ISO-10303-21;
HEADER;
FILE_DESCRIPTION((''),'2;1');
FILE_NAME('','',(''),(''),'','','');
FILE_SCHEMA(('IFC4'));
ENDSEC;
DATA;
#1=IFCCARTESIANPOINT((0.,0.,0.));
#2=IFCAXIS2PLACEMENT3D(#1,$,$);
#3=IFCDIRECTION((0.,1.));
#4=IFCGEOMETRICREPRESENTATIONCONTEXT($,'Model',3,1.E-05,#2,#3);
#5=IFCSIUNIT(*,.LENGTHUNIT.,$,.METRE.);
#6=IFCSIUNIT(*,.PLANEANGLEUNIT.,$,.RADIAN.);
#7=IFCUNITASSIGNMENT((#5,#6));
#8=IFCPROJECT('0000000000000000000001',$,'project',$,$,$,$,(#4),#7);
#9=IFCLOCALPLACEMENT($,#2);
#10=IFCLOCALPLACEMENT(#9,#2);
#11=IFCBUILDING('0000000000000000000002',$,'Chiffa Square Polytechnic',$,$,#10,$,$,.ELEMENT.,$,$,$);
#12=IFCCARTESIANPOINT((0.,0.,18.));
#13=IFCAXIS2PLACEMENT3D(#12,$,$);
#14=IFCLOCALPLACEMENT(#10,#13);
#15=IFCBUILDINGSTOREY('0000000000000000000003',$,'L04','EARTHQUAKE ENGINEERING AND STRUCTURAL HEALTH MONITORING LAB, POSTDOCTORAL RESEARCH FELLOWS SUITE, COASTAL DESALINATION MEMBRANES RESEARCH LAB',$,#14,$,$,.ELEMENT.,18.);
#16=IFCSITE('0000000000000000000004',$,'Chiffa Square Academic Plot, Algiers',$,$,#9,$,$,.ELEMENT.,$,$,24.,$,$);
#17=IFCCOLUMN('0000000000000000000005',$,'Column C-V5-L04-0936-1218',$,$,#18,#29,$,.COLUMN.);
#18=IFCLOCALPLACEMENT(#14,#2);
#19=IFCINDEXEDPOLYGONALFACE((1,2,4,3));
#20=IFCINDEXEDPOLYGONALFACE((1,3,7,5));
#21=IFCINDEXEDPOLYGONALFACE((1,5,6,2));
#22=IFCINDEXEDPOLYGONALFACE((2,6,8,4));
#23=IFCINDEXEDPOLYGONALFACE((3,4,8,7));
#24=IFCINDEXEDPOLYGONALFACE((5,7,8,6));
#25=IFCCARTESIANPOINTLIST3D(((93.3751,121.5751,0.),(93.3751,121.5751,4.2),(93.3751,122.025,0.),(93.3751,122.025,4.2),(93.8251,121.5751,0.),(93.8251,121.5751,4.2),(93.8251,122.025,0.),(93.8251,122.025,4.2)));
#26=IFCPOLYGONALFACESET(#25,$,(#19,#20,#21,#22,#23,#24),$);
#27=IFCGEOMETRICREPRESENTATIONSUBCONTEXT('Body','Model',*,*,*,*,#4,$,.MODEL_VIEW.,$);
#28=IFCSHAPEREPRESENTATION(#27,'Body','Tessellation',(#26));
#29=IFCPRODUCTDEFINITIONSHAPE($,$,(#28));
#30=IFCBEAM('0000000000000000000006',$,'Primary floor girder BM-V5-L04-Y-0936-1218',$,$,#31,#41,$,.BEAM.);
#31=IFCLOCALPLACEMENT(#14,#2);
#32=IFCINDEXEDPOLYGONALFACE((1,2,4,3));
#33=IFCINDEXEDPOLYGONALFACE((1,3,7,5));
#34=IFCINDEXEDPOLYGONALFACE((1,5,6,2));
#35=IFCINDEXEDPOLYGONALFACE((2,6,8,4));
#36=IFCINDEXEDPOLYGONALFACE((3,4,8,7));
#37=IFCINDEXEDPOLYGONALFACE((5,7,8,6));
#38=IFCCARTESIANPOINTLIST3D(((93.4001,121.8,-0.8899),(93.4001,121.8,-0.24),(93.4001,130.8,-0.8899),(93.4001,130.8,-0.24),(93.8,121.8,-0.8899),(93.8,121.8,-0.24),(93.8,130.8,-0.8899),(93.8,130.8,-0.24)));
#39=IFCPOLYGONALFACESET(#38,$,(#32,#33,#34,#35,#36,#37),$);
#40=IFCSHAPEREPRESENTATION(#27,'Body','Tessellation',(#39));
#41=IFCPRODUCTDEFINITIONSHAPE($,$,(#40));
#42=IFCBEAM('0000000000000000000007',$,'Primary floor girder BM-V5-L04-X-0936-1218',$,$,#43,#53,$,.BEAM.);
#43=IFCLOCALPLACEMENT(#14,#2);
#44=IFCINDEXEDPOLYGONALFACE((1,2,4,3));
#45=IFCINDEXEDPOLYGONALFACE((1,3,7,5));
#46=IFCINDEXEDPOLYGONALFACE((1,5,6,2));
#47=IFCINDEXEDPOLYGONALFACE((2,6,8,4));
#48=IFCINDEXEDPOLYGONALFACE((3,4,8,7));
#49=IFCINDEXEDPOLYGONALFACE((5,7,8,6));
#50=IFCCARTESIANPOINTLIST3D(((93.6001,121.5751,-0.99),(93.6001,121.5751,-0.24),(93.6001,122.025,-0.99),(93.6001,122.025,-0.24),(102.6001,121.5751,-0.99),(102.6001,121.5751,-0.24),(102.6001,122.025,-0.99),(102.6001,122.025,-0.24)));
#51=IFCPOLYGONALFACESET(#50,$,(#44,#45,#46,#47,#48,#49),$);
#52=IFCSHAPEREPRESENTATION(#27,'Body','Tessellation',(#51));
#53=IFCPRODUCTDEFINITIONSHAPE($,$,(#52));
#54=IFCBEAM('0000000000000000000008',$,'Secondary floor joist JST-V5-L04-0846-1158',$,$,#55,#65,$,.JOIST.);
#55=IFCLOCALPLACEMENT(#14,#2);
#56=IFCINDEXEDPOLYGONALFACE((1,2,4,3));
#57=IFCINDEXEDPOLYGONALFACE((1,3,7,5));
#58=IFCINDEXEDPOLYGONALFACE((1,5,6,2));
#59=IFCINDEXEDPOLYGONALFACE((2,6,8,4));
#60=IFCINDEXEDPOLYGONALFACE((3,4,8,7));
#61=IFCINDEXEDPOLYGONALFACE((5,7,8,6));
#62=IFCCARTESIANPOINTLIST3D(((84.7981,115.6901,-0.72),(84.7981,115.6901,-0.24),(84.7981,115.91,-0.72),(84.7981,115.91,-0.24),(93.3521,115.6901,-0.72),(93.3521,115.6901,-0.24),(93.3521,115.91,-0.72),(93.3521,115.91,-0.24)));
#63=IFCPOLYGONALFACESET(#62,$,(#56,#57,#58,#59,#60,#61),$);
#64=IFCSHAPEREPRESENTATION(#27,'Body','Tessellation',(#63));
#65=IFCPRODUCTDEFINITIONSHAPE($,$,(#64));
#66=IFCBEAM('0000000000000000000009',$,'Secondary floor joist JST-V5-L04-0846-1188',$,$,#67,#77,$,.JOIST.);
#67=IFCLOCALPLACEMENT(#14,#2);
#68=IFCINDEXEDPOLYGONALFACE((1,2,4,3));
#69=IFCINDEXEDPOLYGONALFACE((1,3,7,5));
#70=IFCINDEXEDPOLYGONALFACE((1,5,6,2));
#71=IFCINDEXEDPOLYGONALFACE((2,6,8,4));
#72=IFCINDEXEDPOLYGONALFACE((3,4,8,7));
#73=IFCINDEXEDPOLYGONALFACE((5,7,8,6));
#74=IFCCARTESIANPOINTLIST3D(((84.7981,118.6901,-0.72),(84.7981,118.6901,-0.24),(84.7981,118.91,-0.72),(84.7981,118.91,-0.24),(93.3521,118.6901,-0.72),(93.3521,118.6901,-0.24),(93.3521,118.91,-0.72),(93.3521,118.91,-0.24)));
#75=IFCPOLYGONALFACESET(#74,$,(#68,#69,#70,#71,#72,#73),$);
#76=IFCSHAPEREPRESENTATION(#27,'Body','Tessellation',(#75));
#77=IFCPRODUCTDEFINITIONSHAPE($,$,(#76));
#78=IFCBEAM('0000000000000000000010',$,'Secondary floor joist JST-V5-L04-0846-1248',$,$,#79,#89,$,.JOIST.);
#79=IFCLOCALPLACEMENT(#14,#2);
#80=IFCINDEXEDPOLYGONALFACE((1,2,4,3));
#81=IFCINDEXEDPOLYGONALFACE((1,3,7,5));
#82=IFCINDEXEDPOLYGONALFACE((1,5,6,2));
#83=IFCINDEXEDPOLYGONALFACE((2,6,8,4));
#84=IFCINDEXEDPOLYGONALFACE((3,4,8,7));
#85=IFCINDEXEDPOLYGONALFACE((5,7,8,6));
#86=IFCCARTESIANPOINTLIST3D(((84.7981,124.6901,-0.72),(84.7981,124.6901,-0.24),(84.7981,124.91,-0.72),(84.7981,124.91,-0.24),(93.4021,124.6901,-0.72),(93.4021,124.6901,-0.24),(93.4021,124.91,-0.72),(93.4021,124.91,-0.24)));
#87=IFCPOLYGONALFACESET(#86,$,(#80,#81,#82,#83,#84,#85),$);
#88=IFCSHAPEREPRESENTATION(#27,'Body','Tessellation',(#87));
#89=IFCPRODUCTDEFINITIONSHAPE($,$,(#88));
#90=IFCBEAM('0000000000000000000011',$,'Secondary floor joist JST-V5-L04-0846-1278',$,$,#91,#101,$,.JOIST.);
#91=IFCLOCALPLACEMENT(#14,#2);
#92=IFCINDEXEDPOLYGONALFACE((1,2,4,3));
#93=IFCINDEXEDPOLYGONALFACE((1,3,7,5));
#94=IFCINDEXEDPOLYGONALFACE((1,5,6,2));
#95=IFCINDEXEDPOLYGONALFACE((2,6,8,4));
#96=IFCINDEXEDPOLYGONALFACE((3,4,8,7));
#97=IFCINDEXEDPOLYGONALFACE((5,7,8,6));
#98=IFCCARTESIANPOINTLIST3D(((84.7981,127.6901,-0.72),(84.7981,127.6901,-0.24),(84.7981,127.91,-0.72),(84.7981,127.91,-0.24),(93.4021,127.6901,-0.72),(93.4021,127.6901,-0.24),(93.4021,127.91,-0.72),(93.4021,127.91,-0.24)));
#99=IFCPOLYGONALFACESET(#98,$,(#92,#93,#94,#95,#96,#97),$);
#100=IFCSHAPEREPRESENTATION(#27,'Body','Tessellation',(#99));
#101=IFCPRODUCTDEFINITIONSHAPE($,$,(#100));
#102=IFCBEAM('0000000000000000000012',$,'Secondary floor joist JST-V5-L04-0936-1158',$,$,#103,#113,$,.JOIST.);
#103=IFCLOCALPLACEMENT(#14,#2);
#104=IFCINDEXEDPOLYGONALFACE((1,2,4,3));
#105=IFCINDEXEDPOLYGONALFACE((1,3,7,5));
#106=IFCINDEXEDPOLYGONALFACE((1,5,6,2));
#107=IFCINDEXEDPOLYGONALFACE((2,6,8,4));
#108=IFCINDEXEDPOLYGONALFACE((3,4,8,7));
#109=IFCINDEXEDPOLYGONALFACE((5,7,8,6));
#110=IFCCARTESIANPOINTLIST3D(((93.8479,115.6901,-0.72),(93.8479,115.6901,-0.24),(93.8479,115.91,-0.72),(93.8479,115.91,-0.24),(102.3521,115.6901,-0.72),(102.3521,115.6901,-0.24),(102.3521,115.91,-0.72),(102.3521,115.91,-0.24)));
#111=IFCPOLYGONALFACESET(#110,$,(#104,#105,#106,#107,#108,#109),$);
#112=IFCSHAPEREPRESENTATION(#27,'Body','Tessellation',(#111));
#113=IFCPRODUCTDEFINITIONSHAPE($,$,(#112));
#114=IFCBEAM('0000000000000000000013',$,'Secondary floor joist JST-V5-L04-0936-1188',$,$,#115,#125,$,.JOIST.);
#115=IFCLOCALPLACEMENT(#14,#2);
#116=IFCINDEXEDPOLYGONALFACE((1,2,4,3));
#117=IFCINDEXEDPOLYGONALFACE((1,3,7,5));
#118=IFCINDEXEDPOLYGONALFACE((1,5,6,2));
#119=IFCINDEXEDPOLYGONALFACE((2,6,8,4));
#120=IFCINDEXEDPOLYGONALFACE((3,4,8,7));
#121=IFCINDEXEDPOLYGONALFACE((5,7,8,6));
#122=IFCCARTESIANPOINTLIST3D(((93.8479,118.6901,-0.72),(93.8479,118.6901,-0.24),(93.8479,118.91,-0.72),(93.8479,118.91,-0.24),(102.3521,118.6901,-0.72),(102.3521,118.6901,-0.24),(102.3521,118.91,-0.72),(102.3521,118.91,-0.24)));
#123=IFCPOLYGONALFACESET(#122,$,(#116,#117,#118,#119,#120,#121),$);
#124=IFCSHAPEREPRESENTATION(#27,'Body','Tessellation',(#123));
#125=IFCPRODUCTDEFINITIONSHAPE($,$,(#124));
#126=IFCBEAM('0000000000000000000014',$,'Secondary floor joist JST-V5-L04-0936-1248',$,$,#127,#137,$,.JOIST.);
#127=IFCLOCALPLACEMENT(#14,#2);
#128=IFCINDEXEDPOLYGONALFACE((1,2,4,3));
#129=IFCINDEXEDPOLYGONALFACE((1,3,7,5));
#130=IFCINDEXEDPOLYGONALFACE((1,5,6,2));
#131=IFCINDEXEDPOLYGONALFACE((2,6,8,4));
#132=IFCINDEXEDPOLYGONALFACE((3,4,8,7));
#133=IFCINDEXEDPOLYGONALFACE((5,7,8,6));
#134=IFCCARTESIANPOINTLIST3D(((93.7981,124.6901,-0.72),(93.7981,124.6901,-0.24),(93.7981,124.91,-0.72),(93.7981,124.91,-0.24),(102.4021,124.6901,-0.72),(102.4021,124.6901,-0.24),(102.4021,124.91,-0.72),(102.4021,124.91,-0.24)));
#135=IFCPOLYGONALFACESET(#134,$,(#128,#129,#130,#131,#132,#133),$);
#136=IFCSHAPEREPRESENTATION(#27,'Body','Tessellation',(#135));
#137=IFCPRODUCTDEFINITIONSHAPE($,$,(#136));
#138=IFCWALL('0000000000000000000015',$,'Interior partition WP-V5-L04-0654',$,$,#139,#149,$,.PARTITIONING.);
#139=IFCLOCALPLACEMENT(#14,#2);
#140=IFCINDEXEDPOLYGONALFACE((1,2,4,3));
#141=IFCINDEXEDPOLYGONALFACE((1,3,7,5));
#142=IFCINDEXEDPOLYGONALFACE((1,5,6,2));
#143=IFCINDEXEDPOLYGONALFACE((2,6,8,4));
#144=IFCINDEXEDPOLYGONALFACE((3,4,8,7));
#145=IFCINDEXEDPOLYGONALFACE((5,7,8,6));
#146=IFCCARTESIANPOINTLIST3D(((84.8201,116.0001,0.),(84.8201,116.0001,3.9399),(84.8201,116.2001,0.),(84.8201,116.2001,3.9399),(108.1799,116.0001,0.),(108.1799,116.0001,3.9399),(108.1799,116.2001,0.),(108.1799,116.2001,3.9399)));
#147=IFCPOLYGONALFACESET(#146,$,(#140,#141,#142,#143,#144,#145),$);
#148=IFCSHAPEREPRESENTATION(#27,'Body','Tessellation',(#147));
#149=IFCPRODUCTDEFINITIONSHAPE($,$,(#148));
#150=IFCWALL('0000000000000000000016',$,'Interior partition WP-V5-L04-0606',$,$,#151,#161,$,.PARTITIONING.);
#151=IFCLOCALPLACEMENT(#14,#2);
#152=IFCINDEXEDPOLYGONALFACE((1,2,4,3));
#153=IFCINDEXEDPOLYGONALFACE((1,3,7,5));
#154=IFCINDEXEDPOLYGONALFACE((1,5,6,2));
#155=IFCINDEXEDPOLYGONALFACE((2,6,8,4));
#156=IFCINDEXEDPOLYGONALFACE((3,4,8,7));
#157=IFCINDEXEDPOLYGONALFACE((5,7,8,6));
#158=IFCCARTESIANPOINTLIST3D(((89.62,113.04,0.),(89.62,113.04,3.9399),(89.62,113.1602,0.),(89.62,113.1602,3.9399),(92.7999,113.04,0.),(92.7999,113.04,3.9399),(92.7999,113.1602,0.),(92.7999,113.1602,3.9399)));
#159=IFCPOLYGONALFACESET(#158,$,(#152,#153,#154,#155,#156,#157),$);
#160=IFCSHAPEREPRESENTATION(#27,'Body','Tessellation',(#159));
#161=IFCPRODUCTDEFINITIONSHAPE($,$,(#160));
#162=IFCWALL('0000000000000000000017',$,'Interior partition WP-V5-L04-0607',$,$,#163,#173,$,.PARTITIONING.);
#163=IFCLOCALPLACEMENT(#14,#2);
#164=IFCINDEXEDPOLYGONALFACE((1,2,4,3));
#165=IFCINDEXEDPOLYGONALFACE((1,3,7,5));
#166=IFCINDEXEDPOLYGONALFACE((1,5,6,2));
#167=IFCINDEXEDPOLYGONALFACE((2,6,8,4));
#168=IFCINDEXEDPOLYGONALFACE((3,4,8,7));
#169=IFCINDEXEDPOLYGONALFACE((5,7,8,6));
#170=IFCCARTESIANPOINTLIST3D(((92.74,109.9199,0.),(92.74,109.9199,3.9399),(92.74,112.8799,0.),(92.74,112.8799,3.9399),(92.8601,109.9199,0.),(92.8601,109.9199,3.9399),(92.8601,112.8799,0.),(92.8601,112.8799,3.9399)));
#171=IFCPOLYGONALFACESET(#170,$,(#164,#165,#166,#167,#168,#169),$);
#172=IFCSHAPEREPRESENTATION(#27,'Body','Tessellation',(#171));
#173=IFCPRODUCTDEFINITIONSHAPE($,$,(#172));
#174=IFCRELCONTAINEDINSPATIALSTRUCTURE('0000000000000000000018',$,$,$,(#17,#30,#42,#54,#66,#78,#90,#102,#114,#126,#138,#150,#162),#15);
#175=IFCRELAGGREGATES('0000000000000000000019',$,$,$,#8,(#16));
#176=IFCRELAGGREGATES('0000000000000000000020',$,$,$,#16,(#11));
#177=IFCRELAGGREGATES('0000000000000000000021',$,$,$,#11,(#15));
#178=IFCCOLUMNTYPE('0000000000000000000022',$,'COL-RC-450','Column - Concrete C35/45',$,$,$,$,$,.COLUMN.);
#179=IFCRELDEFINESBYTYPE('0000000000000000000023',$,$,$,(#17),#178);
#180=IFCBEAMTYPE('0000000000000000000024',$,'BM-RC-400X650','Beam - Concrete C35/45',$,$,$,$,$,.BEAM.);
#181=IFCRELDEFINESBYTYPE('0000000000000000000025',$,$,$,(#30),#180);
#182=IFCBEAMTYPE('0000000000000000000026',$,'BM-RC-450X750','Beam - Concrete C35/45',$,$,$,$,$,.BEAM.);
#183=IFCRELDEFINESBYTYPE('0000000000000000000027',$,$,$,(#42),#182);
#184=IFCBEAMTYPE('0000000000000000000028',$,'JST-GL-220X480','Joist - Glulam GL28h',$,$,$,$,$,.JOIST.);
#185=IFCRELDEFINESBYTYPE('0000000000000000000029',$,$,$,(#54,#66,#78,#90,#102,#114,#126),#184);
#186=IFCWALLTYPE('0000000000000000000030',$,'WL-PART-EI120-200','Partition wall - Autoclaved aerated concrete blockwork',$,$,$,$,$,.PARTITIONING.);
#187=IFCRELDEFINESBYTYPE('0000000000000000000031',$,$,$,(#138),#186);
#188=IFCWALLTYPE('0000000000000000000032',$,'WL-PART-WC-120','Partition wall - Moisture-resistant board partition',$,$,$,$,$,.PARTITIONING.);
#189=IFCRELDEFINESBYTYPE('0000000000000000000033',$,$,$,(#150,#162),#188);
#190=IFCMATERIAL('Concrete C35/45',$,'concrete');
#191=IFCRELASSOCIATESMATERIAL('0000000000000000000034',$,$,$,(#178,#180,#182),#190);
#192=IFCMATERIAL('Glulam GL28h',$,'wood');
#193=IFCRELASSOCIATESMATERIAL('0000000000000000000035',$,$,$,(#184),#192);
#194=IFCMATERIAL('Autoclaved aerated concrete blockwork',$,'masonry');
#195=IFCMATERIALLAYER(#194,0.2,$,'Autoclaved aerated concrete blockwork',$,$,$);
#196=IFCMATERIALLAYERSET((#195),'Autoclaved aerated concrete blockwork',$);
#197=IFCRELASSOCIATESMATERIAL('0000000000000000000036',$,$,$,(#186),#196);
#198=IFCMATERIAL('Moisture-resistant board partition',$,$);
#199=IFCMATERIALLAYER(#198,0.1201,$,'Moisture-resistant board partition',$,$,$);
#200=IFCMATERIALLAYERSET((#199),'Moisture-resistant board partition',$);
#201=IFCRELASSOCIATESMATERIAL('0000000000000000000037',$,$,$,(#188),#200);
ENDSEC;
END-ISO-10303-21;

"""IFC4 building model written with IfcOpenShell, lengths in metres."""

from ifc_helpers import new_model, si_unit, direction, frame, frame_2d, origin, origin_2d, place, context, subcontext, project, spatial, rectangle, extrude, material, layer, layer_set, material_profile, profile_set, type_object, element, save


model = new_model("IFC4")

# Units and contexts
model_context = context("Model", 3, precision=1e-05, world=origin(), true_north=direction((0.0, 1.0)))
body_context = subcontext(model_context, "Body", "Model", "MODEL_VIEW")
ifc_project = project(units=[si_unit("LENGTHUNIT", "METRE"), si_unit("PLANEANGLEUNIT", "RADIAN")], contexts=[model_context])

# Site, building, storey
site_placement = place(None, origin())
site = spatial("IfcSite", under=ifc_project, at=site_placement, Name="Chiffa Square Academic Plot, Algiers", CompositionType="ELEMENT", RefElevation=24.0)
building_placement = place(site_placement, origin())
building = spatial("IfcBuilding", under=site, at=building_placement, Name="Chiffa Square Polytechnic", CompositionType="ELEMENT")
storey_placement = place(building_placement, frame((0.0, 0.0, 18.0)))
storey = spatial("IfcBuildingStorey", under=building, at=storey_placement, Name="L04", Description="EARTHQUAKE ENGINEERING AND STRUCTURAL HEALTH MONITORING LAB, POSTDOCTORAL RESEARCH FELLOWS SUITE, COASTAL DESALINATION MEMBRANES RESEARCH LAB", CompositionType="ELEMENT", Elevation=18.0)

# Column
ifc_material_1 = material(Name="Concrete C35/45", Category="concrete")
ifc_material_profile_1 = material_profile(ifc_material_1, rectangle(XDim=0.45, YDim=0.45, at=origin_2d()), Name="RC 450x450")
ifc_profile_set_1 = profile_set([ifc_material_profile_1], Name="Concrete C35/45")
column_type = type_object("IfcColumnType", Name="COL-RC-450", Description="Column - Concrete C35/45", PredefinedType="COLUMN", material=ifc_profile_set_1)
column_placement = place(storey_placement, frame((93.6001, 121.8, 0.0), z_axis=(0.0, 0.0, 1.0), x_axis=(1.0, 0.0, 0.0)))
element("IfcColumn", 1, at=column_placement, inside=storey, type_object=column_type, Name="Column C-V5-L04-0936-1218", PredefinedType="COLUMN", context=body_context, shape_type="SweptSolid", body=[
    extrude(rectangle(XDim=0.45, YDim=0.45, at=origin_2d()), origin(), (0.0, 0.0, 1.0), 4.2),
])

# Beams
ifc_material_profile_2 = material_profile(ifc_material_1, rectangle(XDim=0.3999, YDim=0.6499, at=origin_2d()), Name="RC 400x650")
ifc_profile_set_2 = profile_set([ifc_material_profile_2], Name="Concrete C35/45")
beam_type_1 = type_object("IfcBeamType", Name="BM-RC-400X650", Description="Beam - Concrete C35/45", PredefinedType="BEAM", material=ifc_profile_set_2)
beam_1_placement = place(storey_placement, frame((93.6001, 121.8, -0.5649), z_axis=(0.0, 1.0, 0.0), x_axis=(-1.0, 0.0, 0.0)))
element("IfcBeam", 2, at=beam_1_placement, inside=storey, type_object=beam_type_1, Name="Primary floor girder BM-V5-L04-Y-0936-1218", PredefinedType="BEAM", context=body_context, shape_type="SweptSolid", body=[
    extrude(rectangle(XDim=0.3999, YDim=0.6499, at=origin_2d()), origin(), (0.0, 0.0, 1.0), 9.0),
])
ifc_material_profile_3 = material_profile(ifc_material_1, rectangle(XDim=0.45, YDim=0.75, at=origin_2d()), Name="RC 450x750")
ifc_profile_set_3 = profile_set([ifc_material_profile_3], Name="Concrete C35/45")
beam_type_2 = type_object("IfcBeamType", Name="BM-RC-450X750", Description="Beam - Concrete C35/45", PredefinedType="BEAM", material=ifc_profile_set_3)
beam_2_placement = place(storey_placement, frame((93.6001, 121.8, -0.615), z_axis=(1.0, 0.0, 0.0), x_axis=(0.0, 1.0, 0.0)))
element("IfcBeam", 3, at=beam_2_placement, inside=storey, type_object=beam_type_2, Name="Primary floor girder BM-V5-L04-X-0936-1218", PredefinedType="BEAM", context=body_context, shape_type="SweptSolid", body=[
    extrude(rectangle(XDim=0.45, YDim=0.75, at=origin_2d()), origin(), (0.0, 0.0, 1.0), 9.0),
])
ifc_material_2 = material(Name="Glulam GL28h", Category="wood")
ifc_material_profile_4 = material_profile(ifc_material_2, rectangle(XDim=0.22, YDim=0.48, at=origin_2d()), Name="GL28h 220x480")
ifc_profile_set_4 = profile_set([ifc_material_profile_4], Name="Glulam GL28h")
beam_type_3 = type_object("IfcBeamType", Name="JST-GL-220X480", Description="Joist - Glulam GL28h", PredefinedType="JOIST", material=ifc_profile_set_4)
for number, where, z_axis, x_axis, name in (
    (4, (84.7981, 115.8, -0.48), (1.0, 0.0, 0.0), (0.0, 1.0, 0.0), "Secondary floor joist JST-V5-L04-0846-1158"),
    (5, (84.7981, 118.8, -0.48), (1.0, 0.0, 0.0), (0.0, 1.0, 0.0), "Secondary floor joist JST-V5-L04-0846-1188"),
):
    element("IfcBeam", number, at=place(storey_placement, frame(where, z_axis=z_axis, x_axis=x_axis)), inside=storey, type_object=beam_type_3, Name=name, PredefinedType="JOIST", context=body_context, shape_type="SweptSolid", body=[
        extrude(rectangle(XDim=0.22, YDim=0.48, at=origin_2d()), origin(), (0.0, 0.0, 1.0), 8.554),
    ])
for number, where, z_axis, x_axis, name in (
    (6, (84.7981, 124.8, -0.48), (1.0, 0.0, 0.0), (0.0, 1.0, 0.0), "Secondary floor joist JST-V5-L04-0846-1248"),
    (7, (84.7981, 127.8, -0.48), (1.0, 0.0, 0.0), (0.0, 1.0, 0.0), "Secondary floor joist JST-V5-L04-0846-1278"),
):
    element("IfcBeam", number, at=place(storey_placement, frame(where, z_axis=z_axis, x_axis=x_axis)), inside=storey, type_object=beam_type_3, Name=name, PredefinedType="JOIST", context=body_context, shape_type="SweptSolid", body=[
        extrude(rectangle(XDim=0.22, YDim=0.48, at=origin_2d()), origin(), (0.0, 0.0, 1.0), 8.604),
    ])
for number, where, z_axis, x_axis, name in (
    (8, (93.8479, 115.8, -0.48), (1.0, 0.0, 0.0), (0.0, 1.0, 0.0), "Secondary floor joist JST-V5-L04-0936-1158"),
    (9, (93.8479, 118.8, -0.48), (1.0, 0.0, 0.0), (0.0, 1.0, 0.0), "Secondary floor joist JST-V5-L04-0936-1188"),
):
    element("IfcBeam", number, at=place(storey_placement, frame(where, z_axis=z_axis, x_axis=x_axis)), inside=storey, type_object=beam_type_3, Name=name, PredefinedType="JOIST", context=body_context, shape_type="SweptSolid", body=[
        extrude(rectangle(XDim=0.22, YDim=0.48, at=origin_2d()), origin(), (0.0, 0.0, 1.0), 8.5042),
    ])
beam_3_placement = place(storey_placement, frame((93.7981, 124.8, -0.48), z_axis=(1.0, 0.0, 0.0), x_axis=(0.0, 1.0, 0.0)))
element("IfcBeam", 10, at=beam_3_placement, inside=storey, type_object=beam_type_3, Name="Secondary floor joist JST-V5-L04-0936-1248", PredefinedType="JOIST", context=body_context, shape_type="SweptSolid", body=[
    extrude(rectangle(XDim=0.22, YDim=0.48, at=origin_2d()), origin(), (0.0, 0.0, 1.0), 8.604),
])

# Walls
ifc_material_3 = material(Name="Autoclaved aerated concrete blockwork", Category="masonry")
ifc_layer_1 = layer(ifc_material_3, 0.2, Name="Autoclaved aerated concrete blockwork")
ifc_layer_set_1 = layer_set([ifc_layer_1], Name="Autoclaved aerated concrete blockwork")
wall_type_1 = type_object("IfcWallType", Name="WL-PART-EI120-200", Description="Partition wall - Autoclaved aerated concrete blockwork", PredefinedType="PARTITIONING", material=ifc_layer_set_1)
wall_1_placement = place(storey_placement, frame((84.8201, 116.1001, 0.0), z_axis=(0.0, 0.0, 1.0), x_axis=(1.0, 0.0, 0.0)))
element("IfcWall", 11, at=wall_1_placement, inside=storey, type_object=wall_type_1, Name="Interior partition WP-V5-L04-0654", PredefinedType="PARTITIONING", context=body_context, shape_type="SweptSolid", body=[
    extrude(rectangle(XDim=23.3599, YDim=0.2, at=frame_2d((11.6799, 0.0))), origin(), (0.0, 0.0, 1.0), 3.9399),
])
ifc_material_4 = material(Name="Moisture-resistant board partition")
ifc_layer_2 = layer(ifc_material_4, 0.1201, Name="Moisture-resistant board partition")
ifc_layer_set_2 = layer_set([ifc_layer_2], Name="Moisture-resistant board partition")
wall_type_2 = type_object("IfcWallType", Name="WL-PART-WC-120", Description="Partition wall - Moisture-resistant board partition", PredefinedType="PARTITIONING", material=ifc_layer_set_2)
wall_2_placement = place(storey_placement, frame((89.6201, 113.1001, 0.0), z_axis=(0.0, 0.0, 1.0), x_axis=(1.0, 0.0, 0.0)))
element("IfcWall", 12, at=wall_2_placement, inside=storey, type_object=wall_type_2, Name="Interior partition WP-V5-L04-0606", PredefinedType="PARTITIONING", context=body_context, shape_type="SweptSolid", body=[
    extrude(rectangle(XDim=3.1799, YDim=0.1201, at=frame_2d((1.5898, 0.0))), origin(), (0.0, 0.0, 1.0), 3.9399),
])
wall_3_placement = place(storey_placement, frame((92.8, 109.9199, 0.0), z_axis=(0.0, 0.0, 1.0), x_axis=(0.0, 1.0, 0.0)))
element("IfcWall", 13, at=wall_3_placement, inside=storey, type_object=wall_type_2, Name="Interior partition WP-V5-L04-0607", PredefinedType="PARTITIONING", context=body_context, shape_type="SweptSolid", body=[
    extrude(rectangle(XDim=2.96, YDim=0.1201, at=frame_2d((1.48, 0.0))), origin(), (0.0, 0.0, 1.0), 3.9399),
])

save(model, "model.ifc")
